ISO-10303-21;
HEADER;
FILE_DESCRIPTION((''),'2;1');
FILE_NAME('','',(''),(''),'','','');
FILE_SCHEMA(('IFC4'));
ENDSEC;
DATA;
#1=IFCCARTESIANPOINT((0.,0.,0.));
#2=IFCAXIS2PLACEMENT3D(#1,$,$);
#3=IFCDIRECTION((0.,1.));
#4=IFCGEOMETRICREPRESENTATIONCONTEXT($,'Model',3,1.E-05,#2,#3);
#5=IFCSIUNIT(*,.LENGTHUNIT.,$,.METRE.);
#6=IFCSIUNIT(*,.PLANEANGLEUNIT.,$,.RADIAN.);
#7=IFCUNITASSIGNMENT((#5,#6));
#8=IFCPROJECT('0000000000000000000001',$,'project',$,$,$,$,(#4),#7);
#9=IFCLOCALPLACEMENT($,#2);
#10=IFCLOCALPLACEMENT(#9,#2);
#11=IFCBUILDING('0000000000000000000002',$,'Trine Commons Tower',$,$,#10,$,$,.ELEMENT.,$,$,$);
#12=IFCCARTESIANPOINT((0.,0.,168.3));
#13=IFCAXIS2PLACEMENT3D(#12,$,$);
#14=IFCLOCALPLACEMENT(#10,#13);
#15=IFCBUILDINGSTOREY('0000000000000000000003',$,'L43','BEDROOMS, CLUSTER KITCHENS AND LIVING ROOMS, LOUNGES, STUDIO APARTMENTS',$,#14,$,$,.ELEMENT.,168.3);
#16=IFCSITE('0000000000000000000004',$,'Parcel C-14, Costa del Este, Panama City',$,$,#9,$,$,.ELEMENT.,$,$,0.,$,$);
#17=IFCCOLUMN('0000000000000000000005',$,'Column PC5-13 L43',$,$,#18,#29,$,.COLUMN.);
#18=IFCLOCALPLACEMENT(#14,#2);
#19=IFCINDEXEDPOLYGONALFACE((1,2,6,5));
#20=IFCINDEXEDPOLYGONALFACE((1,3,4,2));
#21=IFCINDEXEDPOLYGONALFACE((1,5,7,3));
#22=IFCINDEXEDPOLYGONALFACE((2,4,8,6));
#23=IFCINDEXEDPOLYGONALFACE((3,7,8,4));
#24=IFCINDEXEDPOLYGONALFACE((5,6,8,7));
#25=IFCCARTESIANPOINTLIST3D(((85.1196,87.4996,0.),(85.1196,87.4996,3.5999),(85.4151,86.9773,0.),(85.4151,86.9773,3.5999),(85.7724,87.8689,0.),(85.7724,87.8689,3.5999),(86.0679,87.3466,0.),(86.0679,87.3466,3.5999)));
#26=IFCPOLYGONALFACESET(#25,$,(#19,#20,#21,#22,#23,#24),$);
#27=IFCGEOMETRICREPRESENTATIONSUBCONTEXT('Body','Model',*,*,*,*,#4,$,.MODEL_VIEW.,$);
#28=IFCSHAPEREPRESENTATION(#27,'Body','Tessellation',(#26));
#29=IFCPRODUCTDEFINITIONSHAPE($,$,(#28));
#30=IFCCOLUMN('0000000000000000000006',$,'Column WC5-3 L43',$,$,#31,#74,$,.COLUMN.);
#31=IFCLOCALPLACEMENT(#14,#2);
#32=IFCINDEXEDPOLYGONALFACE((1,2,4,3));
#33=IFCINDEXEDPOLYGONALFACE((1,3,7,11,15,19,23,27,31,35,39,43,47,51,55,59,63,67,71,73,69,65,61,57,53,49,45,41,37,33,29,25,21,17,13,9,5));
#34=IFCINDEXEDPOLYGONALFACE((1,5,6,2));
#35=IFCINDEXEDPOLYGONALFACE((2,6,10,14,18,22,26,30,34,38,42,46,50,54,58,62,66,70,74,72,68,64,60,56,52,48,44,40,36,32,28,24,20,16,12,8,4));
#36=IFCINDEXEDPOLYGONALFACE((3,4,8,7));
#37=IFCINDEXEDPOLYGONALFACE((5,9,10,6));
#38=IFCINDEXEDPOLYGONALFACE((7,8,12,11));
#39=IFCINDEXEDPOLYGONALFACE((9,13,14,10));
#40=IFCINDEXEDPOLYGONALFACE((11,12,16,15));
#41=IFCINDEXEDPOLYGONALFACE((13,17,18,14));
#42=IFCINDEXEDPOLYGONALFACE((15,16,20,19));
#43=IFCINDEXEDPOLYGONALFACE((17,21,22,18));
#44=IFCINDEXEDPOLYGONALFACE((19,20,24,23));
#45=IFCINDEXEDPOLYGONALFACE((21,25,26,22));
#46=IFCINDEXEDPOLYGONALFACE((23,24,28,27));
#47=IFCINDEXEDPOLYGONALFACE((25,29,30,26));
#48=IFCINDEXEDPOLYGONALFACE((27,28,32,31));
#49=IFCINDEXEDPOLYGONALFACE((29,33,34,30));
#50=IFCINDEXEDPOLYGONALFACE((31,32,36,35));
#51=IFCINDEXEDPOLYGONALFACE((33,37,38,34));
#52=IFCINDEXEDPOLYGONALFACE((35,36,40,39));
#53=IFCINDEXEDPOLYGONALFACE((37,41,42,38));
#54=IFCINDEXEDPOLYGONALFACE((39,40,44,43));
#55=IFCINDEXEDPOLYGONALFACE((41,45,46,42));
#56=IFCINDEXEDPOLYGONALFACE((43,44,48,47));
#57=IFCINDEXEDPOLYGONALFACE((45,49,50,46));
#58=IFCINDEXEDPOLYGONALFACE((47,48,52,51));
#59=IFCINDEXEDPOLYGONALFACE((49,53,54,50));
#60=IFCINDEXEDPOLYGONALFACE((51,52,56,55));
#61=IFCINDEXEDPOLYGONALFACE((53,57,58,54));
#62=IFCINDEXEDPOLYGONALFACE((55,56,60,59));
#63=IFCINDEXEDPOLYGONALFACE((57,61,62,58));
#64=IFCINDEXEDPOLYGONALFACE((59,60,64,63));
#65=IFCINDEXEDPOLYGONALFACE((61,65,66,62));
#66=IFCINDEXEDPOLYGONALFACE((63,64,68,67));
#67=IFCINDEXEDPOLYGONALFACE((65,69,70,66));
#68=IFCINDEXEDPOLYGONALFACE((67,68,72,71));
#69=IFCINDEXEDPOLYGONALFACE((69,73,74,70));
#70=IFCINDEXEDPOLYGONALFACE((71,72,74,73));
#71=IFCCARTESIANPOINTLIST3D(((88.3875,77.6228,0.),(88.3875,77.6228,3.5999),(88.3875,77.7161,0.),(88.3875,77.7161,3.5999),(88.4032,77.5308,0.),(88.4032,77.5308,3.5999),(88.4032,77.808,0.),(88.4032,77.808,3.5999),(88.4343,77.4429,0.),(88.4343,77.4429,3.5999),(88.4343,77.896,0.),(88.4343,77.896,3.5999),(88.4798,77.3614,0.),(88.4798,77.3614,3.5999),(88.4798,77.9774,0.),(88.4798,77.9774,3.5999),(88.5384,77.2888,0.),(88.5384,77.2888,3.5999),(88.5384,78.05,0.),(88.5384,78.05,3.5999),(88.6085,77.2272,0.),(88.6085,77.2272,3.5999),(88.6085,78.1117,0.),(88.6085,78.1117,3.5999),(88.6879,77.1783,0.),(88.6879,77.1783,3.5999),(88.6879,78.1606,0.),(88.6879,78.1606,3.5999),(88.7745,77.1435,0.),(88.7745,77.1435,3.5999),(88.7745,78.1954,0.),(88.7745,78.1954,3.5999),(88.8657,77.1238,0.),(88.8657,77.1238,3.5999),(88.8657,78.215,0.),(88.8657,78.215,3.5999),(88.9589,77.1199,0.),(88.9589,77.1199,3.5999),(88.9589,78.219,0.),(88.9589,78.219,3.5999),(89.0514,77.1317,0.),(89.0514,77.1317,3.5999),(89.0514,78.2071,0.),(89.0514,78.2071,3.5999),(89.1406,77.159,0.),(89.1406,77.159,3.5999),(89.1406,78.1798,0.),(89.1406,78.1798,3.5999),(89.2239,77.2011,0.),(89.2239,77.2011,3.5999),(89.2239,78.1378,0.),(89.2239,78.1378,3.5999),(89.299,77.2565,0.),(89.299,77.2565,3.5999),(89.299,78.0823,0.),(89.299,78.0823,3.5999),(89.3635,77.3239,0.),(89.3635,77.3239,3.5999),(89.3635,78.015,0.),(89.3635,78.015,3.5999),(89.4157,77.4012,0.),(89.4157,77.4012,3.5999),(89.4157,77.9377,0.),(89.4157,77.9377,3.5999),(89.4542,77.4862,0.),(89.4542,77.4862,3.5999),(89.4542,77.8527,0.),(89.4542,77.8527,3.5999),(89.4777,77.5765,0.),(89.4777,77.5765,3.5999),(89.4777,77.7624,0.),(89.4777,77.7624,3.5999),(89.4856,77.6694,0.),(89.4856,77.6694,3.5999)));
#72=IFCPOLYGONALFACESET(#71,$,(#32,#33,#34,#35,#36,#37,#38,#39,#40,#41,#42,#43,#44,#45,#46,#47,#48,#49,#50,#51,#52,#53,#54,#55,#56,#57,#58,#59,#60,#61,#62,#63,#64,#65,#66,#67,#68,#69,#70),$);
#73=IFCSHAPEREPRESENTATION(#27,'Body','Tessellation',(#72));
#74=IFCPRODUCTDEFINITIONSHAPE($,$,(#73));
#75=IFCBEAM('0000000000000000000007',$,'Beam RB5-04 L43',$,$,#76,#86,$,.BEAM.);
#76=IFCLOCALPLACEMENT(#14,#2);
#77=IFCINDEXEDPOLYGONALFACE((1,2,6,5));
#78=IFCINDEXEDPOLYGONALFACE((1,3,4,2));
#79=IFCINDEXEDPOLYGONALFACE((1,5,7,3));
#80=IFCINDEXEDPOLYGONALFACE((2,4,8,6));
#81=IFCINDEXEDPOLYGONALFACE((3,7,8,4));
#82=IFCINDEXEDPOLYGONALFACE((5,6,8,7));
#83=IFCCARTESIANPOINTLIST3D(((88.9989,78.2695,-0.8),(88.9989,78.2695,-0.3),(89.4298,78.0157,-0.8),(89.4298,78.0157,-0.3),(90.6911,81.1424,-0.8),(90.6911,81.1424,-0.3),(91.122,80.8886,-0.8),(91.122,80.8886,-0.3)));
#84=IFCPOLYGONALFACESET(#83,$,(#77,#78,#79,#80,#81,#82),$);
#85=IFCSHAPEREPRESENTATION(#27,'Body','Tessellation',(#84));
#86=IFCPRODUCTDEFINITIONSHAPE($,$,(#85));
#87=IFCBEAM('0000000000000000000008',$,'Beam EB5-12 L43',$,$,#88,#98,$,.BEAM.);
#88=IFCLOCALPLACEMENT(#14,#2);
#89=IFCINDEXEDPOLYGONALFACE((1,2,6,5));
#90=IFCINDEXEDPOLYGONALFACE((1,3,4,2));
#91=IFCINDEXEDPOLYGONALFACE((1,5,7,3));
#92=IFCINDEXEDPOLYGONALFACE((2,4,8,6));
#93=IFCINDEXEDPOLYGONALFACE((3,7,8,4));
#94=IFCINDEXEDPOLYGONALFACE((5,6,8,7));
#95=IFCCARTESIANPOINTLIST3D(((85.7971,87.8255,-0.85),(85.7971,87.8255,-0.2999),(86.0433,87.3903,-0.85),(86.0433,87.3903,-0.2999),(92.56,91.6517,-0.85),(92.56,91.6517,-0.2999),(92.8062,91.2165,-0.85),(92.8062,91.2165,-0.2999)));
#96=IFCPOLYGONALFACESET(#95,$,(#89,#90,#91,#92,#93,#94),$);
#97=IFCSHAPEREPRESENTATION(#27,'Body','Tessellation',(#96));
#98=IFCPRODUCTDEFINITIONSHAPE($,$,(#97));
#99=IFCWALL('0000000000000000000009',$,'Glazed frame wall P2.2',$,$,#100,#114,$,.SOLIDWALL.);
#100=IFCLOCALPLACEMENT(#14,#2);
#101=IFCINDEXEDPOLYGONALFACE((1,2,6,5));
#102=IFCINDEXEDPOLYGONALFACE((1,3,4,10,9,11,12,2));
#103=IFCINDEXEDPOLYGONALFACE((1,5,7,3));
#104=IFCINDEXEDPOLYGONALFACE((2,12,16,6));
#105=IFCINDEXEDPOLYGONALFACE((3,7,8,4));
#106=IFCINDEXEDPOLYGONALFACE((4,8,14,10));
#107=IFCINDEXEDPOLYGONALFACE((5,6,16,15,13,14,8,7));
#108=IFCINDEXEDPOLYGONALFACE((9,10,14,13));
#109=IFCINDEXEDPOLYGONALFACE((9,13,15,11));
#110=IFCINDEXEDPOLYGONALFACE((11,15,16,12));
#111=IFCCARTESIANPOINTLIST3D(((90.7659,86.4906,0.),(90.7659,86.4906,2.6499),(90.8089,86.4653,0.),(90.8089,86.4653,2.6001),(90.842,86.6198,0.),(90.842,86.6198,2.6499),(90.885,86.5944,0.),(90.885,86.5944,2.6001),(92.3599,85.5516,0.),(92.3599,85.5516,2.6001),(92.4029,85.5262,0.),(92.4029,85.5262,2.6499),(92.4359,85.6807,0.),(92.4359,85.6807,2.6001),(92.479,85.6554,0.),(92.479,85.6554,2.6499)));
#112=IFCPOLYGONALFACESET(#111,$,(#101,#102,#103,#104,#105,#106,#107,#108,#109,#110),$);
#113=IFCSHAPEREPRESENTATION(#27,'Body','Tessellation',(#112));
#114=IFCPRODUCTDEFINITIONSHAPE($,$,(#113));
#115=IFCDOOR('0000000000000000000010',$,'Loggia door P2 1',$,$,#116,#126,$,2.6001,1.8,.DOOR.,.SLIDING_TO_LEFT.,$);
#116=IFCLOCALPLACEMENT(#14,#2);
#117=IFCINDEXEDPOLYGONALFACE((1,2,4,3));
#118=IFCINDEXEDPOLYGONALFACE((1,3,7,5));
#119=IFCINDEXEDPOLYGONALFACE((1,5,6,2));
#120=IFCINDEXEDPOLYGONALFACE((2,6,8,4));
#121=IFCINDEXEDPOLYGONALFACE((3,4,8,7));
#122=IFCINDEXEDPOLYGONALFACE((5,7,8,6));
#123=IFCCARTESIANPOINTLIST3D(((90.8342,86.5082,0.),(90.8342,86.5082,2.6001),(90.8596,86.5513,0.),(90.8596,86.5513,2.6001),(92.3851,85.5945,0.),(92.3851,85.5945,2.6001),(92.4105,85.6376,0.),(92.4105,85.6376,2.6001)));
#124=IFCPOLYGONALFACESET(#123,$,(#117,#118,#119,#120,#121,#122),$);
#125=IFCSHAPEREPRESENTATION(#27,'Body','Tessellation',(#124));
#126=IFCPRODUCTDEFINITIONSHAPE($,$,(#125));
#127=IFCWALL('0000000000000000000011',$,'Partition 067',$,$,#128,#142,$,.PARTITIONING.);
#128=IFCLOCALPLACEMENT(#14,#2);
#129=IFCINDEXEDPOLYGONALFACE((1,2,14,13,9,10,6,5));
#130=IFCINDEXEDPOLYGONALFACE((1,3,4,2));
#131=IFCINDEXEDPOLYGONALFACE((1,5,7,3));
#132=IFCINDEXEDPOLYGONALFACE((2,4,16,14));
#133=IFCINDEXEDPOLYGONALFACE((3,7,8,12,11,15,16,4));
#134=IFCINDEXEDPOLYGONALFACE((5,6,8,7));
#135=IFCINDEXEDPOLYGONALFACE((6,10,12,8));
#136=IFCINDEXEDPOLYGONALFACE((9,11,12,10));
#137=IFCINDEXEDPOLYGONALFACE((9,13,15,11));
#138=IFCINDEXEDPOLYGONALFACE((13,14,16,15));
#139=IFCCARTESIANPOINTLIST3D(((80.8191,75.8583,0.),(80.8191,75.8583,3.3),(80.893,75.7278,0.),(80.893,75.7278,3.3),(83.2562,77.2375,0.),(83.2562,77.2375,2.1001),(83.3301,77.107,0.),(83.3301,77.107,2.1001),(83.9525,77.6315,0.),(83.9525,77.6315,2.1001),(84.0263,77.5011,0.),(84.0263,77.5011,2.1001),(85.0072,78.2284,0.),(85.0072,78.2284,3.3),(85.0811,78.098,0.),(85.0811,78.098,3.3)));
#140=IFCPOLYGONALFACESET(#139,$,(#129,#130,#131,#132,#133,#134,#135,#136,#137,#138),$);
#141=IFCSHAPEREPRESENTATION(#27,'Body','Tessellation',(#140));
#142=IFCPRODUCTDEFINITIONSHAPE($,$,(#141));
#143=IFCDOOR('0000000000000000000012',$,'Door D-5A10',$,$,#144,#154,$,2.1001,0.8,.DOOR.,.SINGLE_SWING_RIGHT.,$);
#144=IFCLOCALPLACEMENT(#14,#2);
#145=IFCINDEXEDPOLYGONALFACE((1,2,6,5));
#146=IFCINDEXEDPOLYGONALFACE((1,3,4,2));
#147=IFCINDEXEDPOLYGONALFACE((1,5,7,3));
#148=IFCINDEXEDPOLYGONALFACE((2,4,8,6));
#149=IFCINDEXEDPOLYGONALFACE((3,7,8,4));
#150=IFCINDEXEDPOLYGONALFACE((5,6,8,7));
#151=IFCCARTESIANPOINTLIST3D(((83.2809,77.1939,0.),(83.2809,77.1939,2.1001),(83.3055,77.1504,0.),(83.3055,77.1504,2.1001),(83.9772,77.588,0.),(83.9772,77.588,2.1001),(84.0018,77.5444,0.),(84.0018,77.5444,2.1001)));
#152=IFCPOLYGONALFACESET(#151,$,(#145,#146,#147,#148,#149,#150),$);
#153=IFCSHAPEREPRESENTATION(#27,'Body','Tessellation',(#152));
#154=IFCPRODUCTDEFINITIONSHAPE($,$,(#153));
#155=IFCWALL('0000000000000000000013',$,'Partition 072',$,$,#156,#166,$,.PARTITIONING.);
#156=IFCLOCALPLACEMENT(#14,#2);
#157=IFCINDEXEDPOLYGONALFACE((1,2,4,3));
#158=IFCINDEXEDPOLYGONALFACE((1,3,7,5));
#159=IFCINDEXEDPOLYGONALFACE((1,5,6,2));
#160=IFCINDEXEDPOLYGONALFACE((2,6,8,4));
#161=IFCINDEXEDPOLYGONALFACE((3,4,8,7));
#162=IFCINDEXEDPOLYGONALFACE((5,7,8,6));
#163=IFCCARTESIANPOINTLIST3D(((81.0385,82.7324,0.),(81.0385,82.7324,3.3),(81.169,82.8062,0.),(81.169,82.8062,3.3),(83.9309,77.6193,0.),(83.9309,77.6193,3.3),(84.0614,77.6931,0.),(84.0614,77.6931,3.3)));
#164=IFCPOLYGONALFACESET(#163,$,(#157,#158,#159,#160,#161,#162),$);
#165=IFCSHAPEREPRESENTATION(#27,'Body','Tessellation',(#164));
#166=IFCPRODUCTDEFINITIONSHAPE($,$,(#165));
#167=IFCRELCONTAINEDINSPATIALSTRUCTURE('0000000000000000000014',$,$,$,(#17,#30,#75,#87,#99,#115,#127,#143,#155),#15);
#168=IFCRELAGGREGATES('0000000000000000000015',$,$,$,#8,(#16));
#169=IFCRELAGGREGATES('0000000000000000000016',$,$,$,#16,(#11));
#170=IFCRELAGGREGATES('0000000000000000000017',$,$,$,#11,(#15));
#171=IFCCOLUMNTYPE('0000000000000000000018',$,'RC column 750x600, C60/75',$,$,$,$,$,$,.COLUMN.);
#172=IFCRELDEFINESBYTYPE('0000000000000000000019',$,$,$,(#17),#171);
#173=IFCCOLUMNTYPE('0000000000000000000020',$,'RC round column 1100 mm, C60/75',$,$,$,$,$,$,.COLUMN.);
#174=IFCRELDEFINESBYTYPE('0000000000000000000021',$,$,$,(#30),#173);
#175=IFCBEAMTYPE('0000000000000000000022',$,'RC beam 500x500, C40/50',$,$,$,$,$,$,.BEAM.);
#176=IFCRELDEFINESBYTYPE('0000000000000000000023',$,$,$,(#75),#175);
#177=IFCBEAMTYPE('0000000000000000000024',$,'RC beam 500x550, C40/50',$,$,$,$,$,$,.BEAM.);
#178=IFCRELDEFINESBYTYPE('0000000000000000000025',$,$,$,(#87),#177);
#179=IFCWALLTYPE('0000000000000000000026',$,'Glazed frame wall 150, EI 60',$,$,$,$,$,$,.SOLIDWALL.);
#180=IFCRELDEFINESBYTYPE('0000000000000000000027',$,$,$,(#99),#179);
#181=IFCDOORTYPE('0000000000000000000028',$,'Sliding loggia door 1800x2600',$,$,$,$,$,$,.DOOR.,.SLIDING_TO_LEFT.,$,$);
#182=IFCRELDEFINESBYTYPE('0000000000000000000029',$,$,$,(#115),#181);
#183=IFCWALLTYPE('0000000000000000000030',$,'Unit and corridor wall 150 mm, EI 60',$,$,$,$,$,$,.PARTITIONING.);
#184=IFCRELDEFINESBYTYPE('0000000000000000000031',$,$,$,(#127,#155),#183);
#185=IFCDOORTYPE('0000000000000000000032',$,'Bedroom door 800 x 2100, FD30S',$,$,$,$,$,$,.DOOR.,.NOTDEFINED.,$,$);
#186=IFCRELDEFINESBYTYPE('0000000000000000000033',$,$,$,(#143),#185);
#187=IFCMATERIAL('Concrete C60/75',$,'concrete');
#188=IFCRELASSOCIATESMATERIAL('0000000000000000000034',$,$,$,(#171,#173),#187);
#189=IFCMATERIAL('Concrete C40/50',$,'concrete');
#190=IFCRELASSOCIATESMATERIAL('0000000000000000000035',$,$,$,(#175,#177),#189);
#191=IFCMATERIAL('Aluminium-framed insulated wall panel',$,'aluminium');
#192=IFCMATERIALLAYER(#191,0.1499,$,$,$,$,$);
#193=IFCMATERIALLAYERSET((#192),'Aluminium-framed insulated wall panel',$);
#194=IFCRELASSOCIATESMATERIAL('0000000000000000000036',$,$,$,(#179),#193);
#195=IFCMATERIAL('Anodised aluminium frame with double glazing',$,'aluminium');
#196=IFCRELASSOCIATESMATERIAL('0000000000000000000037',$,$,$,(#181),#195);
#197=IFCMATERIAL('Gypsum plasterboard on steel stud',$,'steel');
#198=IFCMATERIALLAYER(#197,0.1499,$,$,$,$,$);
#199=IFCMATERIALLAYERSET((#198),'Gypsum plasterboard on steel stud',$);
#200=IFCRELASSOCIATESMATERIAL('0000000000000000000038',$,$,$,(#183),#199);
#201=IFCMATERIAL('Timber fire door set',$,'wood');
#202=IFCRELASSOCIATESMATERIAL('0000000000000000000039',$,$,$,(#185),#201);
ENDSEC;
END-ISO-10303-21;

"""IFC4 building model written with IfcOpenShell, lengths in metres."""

from ifc_helpers import new_model, si_unit, direction, frame, frame_2d, origin, origin_2d, place, context, subcontext, project, spatial, polyline, rectangle, circle, outline, extrude, material, layer, layer_set, material_profile, profile_set, type_object, element, fill, save


model = new_model("IFC4")

# Units and contexts
model_context = context("Model", 3, precision=1e-05, world=origin(), true_north=direction((0.0, 1.0)))
body_context = subcontext(model_context, "Body", "Model", "MODEL_VIEW")
ifc_project = project(units=[si_unit("LENGTHUNIT", "METRE"), si_unit("PLANEANGLEUNIT", "RADIAN")], contexts=[model_context])

# Site, building, storey
site_placement = place(None, origin())
site = spatial("IfcSite", under=ifc_project, at=site_placement, Name="Parcel C-14, Costa del Este, Panama City", CompositionType="ELEMENT", RefElevation=0.0)
building_placement = place(site_placement, origin())
building = spatial("IfcBuilding", under=site, at=building_placement, Name="Trine Commons Tower", CompositionType="ELEMENT")
storey_placement = place(building_placement, frame((0.0, 0.0, 168.3)))
storey = spatial("IfcBuildingStorey", under=building, at=storey_placement, Name="L43", Description="BEDROOMS, CLUSTER KITCHENS AND LIVING ROOMS, LOUNGES, STUDIO APARTMENTS", CompositionType="ELEMENT", Elevation=168.3)

# Columns
ifc_material_1 = material(Name="Concrete C60/75", Category="concrete")
ifc_material_profile_1 = material_profile(ifc_material_1, rectangle(XDim=0.75, YDim=0.6001, at=origin_2d()), Name="RC 750x600")
ifc_profile_set_1 = profile_set([ifc_material_profile_1], Name="Concrete C60/75")
column_type_1 = type_object("IfcColumnType", Name="RC column 750x600, C60/75", PredefinedType="COLUMN", material=ifc_profile_set_1)
column_1_placement = place(storey_placement, frame((85.5938, 87.4231, 0.0), z_axis=(0.0, 0.0, 1.0), x_axis=(0.870356, 0.492424, 0.0)))
element("IfcColumn", 1, at=column_1_placement, inside=storey, type_object=column_type_1, Name="Column PC5-13 L43", PredefinedType="COLUMN", context=body_context, shape_type="SweptSolid", body=[
    extrude(rectangle(XDim=0.75, YDim=0.6001, at=origin_2d()), origin(), (0.0, 0.0, 1.0), 3.5999),
])
ifc_material_profile_2 = material_profile(ifc_material_1, circle(Radius=0.55, at=origin_2d()), Name="RC round 1100")
ifc_profile_set_2 = profile_set([ifc_material_profile_2], Name="Concrete C60/75")
column_type_2 = type_object("IfcColumnType", Name="RC round column 1100 mm, C60/75", PredefinedType="COLUMN", material=ifc_profile_set_2)
column_2_placement = place(storey_placement, frame((88.9355, 77.6694, 0.0), z_axis=(0.0, 0.0, 1.0), x_axis=(1.0, 0.0, 0.0)))
element("IfcColumn", 2, at=column_2_placement, inside=storey, type_object=column_type_2, Name="Column WC5-3 L43", PredefinedType="COLUMN", context=body_context, shape_type="SweptSolid", body=[
    extrude(circle(Radius=0.55, at=origin_2d()), origin(), (0.0, 0.0, 1.0), 3.5999),
])

# Beams
ifc_material_2 = material(Name="Concrete C40/50", Category="concrete")
ifc_material_profile_3 = material_profile(ifc_material_2, rectangle(XDim=0.5, YDim=0.5, at=origin_2d()), Name="RC 500x500")
ifc_profile_set_3 = profile_set([ifc_material_profile_3], Name="Concrete C40/50")
beam_type_1 = type_object("IfcBeamType", Name="RC beam 500x500, C40/50", PredefinedType="BEAM", material=ifc_profile_set_3)
beam_1_placement = place(storey_placement, frame((89.2144, 78.1426, -0.55), z_axis=(0.507522, 0.861639, 0.0), x_axis=(-0.861639, 0.507522, 0.0)))
element("IfcBeam", 3, at=beam_1_placement, inside=storey, type_object=beam_type_1, Name="Beam RB5-04 L43", PredefinedType="BEAM", context=body_context, shape_type="SweptSolid", body=[
    extrude(rectangle(XDim=0.5, YDim=0.5, at=origin_2d()), origin(), (0.0, 0.0, 1.0), 3.3342),
])
ifc_material_profile_4 = material_profile(ifc_material_2, rectangle(XDim=0.5, YDim=0.55, at=origin_2d()), Name="RC 500x550")
ifc_profile_set_4 = profile_set([ifc_material_profile_4], Name="Concrete C40/50")
beam_type_2 = type_object("IfcBeamType", Name="RC beam 500x550, C40/50", PredefinedType="BEAM", material=ifc_profile_set_4)
beam_2_placement = place(storey_placement, frame((85.9202, 87.6079, -0.575), z_axis=(0.870362, 0.492412, 0.0), x_axis=(-0.492412, 0.870362, 0.0)))
element("IfcBeam", 4, at=beam_2_placement, inside=storey, type_object=beam_type_2, Name="Beam EB5-12 L43", PredefinedType="BEAM", context=body_context, shape_type="SweptSolid", body=[
    extrude(rectangle(XDim=0.5, YDim=0.55, at=origin_2d()), origin(), (0.0, 0.0, 1.0), 7.7703),
])

# Shared definitions
ifc_material_3 = material(Name="Aluminium-framed insulated wall panel", Category="aluminium")
ifc_layer_1 = layer(ifc_material_3, 0.1499)
ifc_layer_set_1 = layer_set([ifc_layer_1], Name="Aluminium-framed insulated wall panel")
wall_type_1 = type_object("IfcWallType", Name="Glazed frame wall 150, EI 60", PredefinedType="SOLIDWALL", material=ifc_layer_set_1)

# Walls, openings, doors
wall_1_placement = place(storey_placement, frame((90.804, 86.5552, 0.0), z_axis=(0.0, 0.0, 1.0), x_axis=(0.861604, -0.507582, 0.0)))
wall_1 = element("IfcWall", 5, at=wall_1_placement, inside=storey, type_object=wall_type_1, Name="Glazed frame wall P2.2", PredefinedType="SOLIDWALL", context=body_context, shape_type="SweptSolid", body=[
    extrude(outline(polyline([(0.0, -0.075), (1.8999, -0.075), (1.8999, 0.075), (0.0, 0.075), (0.0, -0.075)])), origin(), (0.0, 0.0, 1.0), 2.6499),
])
opening_1_placement = place(wall_1_placement, frame((0.05, 0.0, 0.0)))
opening_1 = element("IfcOpeningElement", 6, at=opening_1_placement, cuts=wall_1, PredefinedType="OPENING", context=body_context, shape_type="SweptSolid", body=[
    extrude(rectangle(XDim=1.8, YDim=2.6001, at=frame_2d((0.8999, 1.3))), frame((0.0, 0.085, 0.0), z_axis=(0.0, -1.0, 0.0), x_axis=(1.0, 0.0, 0.0)), (0.0, 0.0, 1.0), 0.1699),
])
ifc_material_4 = material(Name="Anodised aluminium frame with double glazing", Category="aluminium")
door_type_1 = type_object("IfcDoorType", Name="Sliding loggia door 1800x2600", OperationType="SLIDING_TO_LEFT", PredefinedType="DOOR", material=ifc_material_4)
door_1_placement = place(opening_1_placement, origin())
door_1 = element("IfcDoor", 7, at=door_1_placement, inside=storey, type_object=door_type_1, Name="Loggia door P2 1", OperationType="SLIDING_TO_LEFT", OverallHeight=2.6001, OverallWidth=1.8, PredefinedType="DOOR", context=body_context, shape_type="SweptSolid", body=[
    extrude(rectangle(XDim=1.8, YDim=2.6001, at=frame_2d((0.8999, 1.3))), frame((0.0, 0.0249, 0.0), z_axis=(0.0, -1.0, 0.0), x_axis=(1.0, 0.0, 0.0)), (0.0, 0.0, 1.0), 0.05),
])
fill(opening_1, door_1)
ifc_material_5 = material(Name="Gypsum plasterboard on steel stud", Category="steel")
ifc_layer_2 = layer(ifc_material_5, 0.1499)
ifc_layer_set_2 = layer_set([ifc_layer_2], Name="Gypsum plasterboard on steel stud")
wall_type_2 = type_object("IfcWallType", Name="Unit and corridor wall 150 mm, EI 60", PredefinedType="PARTITIONING", material=ifc_layer_set_2)
wall_2_placement = place(storey_placement, frame((80.856, 75.793, 0.0), z_axis=(0.0, 0.0, 1.0), x_axis=(0.870296, 0.492529, 0.0)))
wall_2 = element("IfcWall", 8, at=wall_2_placement, inside=storey, type_object=wall_type_2, Name="Partition 067", PredefinedType="PARTITIONING", context=body_context, shape_type="SweptSolid", body=[
    extrude(rectangle(XDim=4.8123, YDim=0.1499, at=frame_2d((2.4062, 0.0))), origin(), (0.0, 0.0, 1.0), 3.3),
])
opening_2_placement = place(wall_2_placement, frame((2.8005, 0.0, 0.0)))
opening_2 = element("IfcOpeningElement", 9, at=opening_2_placement, cuts=wall_2, PredefinedType="OPENING", context=body_context, shape_type="SweptSolid", body=[
    extrude(rectangle(XDim=0.8, YDim=2.1001, at=frame_2d((0.3999, 1.05))), frame((0.0, 0.085, 0.0), z_axis=(0.0, -1.0, 0.0), x_axis=(1.0, 0.0, 0.0)), (0.0, 0.0, 1.0), 0.1699),
])
ifc_material_6 = material(Name="Timber fire door set", Category="wood")
door_type_2 = type_object("IfcDoorType", Name="Bedroom door 800 x 2100, FD30S", OperationType="NOTDEFINED", PredefinedType="DOOR", material=ifc_material_6)
door_2_placement = place(opening_2_placement, origin())
door_2 = element("IfcDoor", 10, at=door_2_placement, inside=storey, type_object=door_type_2, Name="Door D-5A10", OperationType="SINGLE_SWING_RIGHT", OverallHeight=2.1001, OverallWidth=0.8, PredefinedType="DOOR", context=body_context, shape_type="SweptSolid", body=[
    extrude(rectangle(XDim=0.8, YDim=2.1001, at=frame_2d((0.3999, 1.05))), frame((0.0, 0.0249, 0.0), z_axis=(0.0, -1.0, 0.0), x_axis=(1.0, 0.0, 0.0)), (0.0, 0.0, 1.0), 0.05),
])
fill(opening_2, door_2)

# Wall
wall_3_placement = place(storey_placement, frame((81.1038, 82.7693, 0.0), z_axis=(0.0, 0.0, 1.0), x_axis=(0.492361, -0.870391, 0.0)))
element("IfcWall", 11, at=wall_3_placement, inside=storey, type_object=wall_type_2, Name="Partition 072", PredefinedType="PARTITIONING", context=body_context, shape_type="SweptSolid", body=[
    extrude(rectangle(XDim=5.8745, YDim=0.1499, at=frame_2d((2.9373, 0.0))), origin(), (0.0, 0.0, 1.0), 3.3),
])

save(model, "model.ifc")
